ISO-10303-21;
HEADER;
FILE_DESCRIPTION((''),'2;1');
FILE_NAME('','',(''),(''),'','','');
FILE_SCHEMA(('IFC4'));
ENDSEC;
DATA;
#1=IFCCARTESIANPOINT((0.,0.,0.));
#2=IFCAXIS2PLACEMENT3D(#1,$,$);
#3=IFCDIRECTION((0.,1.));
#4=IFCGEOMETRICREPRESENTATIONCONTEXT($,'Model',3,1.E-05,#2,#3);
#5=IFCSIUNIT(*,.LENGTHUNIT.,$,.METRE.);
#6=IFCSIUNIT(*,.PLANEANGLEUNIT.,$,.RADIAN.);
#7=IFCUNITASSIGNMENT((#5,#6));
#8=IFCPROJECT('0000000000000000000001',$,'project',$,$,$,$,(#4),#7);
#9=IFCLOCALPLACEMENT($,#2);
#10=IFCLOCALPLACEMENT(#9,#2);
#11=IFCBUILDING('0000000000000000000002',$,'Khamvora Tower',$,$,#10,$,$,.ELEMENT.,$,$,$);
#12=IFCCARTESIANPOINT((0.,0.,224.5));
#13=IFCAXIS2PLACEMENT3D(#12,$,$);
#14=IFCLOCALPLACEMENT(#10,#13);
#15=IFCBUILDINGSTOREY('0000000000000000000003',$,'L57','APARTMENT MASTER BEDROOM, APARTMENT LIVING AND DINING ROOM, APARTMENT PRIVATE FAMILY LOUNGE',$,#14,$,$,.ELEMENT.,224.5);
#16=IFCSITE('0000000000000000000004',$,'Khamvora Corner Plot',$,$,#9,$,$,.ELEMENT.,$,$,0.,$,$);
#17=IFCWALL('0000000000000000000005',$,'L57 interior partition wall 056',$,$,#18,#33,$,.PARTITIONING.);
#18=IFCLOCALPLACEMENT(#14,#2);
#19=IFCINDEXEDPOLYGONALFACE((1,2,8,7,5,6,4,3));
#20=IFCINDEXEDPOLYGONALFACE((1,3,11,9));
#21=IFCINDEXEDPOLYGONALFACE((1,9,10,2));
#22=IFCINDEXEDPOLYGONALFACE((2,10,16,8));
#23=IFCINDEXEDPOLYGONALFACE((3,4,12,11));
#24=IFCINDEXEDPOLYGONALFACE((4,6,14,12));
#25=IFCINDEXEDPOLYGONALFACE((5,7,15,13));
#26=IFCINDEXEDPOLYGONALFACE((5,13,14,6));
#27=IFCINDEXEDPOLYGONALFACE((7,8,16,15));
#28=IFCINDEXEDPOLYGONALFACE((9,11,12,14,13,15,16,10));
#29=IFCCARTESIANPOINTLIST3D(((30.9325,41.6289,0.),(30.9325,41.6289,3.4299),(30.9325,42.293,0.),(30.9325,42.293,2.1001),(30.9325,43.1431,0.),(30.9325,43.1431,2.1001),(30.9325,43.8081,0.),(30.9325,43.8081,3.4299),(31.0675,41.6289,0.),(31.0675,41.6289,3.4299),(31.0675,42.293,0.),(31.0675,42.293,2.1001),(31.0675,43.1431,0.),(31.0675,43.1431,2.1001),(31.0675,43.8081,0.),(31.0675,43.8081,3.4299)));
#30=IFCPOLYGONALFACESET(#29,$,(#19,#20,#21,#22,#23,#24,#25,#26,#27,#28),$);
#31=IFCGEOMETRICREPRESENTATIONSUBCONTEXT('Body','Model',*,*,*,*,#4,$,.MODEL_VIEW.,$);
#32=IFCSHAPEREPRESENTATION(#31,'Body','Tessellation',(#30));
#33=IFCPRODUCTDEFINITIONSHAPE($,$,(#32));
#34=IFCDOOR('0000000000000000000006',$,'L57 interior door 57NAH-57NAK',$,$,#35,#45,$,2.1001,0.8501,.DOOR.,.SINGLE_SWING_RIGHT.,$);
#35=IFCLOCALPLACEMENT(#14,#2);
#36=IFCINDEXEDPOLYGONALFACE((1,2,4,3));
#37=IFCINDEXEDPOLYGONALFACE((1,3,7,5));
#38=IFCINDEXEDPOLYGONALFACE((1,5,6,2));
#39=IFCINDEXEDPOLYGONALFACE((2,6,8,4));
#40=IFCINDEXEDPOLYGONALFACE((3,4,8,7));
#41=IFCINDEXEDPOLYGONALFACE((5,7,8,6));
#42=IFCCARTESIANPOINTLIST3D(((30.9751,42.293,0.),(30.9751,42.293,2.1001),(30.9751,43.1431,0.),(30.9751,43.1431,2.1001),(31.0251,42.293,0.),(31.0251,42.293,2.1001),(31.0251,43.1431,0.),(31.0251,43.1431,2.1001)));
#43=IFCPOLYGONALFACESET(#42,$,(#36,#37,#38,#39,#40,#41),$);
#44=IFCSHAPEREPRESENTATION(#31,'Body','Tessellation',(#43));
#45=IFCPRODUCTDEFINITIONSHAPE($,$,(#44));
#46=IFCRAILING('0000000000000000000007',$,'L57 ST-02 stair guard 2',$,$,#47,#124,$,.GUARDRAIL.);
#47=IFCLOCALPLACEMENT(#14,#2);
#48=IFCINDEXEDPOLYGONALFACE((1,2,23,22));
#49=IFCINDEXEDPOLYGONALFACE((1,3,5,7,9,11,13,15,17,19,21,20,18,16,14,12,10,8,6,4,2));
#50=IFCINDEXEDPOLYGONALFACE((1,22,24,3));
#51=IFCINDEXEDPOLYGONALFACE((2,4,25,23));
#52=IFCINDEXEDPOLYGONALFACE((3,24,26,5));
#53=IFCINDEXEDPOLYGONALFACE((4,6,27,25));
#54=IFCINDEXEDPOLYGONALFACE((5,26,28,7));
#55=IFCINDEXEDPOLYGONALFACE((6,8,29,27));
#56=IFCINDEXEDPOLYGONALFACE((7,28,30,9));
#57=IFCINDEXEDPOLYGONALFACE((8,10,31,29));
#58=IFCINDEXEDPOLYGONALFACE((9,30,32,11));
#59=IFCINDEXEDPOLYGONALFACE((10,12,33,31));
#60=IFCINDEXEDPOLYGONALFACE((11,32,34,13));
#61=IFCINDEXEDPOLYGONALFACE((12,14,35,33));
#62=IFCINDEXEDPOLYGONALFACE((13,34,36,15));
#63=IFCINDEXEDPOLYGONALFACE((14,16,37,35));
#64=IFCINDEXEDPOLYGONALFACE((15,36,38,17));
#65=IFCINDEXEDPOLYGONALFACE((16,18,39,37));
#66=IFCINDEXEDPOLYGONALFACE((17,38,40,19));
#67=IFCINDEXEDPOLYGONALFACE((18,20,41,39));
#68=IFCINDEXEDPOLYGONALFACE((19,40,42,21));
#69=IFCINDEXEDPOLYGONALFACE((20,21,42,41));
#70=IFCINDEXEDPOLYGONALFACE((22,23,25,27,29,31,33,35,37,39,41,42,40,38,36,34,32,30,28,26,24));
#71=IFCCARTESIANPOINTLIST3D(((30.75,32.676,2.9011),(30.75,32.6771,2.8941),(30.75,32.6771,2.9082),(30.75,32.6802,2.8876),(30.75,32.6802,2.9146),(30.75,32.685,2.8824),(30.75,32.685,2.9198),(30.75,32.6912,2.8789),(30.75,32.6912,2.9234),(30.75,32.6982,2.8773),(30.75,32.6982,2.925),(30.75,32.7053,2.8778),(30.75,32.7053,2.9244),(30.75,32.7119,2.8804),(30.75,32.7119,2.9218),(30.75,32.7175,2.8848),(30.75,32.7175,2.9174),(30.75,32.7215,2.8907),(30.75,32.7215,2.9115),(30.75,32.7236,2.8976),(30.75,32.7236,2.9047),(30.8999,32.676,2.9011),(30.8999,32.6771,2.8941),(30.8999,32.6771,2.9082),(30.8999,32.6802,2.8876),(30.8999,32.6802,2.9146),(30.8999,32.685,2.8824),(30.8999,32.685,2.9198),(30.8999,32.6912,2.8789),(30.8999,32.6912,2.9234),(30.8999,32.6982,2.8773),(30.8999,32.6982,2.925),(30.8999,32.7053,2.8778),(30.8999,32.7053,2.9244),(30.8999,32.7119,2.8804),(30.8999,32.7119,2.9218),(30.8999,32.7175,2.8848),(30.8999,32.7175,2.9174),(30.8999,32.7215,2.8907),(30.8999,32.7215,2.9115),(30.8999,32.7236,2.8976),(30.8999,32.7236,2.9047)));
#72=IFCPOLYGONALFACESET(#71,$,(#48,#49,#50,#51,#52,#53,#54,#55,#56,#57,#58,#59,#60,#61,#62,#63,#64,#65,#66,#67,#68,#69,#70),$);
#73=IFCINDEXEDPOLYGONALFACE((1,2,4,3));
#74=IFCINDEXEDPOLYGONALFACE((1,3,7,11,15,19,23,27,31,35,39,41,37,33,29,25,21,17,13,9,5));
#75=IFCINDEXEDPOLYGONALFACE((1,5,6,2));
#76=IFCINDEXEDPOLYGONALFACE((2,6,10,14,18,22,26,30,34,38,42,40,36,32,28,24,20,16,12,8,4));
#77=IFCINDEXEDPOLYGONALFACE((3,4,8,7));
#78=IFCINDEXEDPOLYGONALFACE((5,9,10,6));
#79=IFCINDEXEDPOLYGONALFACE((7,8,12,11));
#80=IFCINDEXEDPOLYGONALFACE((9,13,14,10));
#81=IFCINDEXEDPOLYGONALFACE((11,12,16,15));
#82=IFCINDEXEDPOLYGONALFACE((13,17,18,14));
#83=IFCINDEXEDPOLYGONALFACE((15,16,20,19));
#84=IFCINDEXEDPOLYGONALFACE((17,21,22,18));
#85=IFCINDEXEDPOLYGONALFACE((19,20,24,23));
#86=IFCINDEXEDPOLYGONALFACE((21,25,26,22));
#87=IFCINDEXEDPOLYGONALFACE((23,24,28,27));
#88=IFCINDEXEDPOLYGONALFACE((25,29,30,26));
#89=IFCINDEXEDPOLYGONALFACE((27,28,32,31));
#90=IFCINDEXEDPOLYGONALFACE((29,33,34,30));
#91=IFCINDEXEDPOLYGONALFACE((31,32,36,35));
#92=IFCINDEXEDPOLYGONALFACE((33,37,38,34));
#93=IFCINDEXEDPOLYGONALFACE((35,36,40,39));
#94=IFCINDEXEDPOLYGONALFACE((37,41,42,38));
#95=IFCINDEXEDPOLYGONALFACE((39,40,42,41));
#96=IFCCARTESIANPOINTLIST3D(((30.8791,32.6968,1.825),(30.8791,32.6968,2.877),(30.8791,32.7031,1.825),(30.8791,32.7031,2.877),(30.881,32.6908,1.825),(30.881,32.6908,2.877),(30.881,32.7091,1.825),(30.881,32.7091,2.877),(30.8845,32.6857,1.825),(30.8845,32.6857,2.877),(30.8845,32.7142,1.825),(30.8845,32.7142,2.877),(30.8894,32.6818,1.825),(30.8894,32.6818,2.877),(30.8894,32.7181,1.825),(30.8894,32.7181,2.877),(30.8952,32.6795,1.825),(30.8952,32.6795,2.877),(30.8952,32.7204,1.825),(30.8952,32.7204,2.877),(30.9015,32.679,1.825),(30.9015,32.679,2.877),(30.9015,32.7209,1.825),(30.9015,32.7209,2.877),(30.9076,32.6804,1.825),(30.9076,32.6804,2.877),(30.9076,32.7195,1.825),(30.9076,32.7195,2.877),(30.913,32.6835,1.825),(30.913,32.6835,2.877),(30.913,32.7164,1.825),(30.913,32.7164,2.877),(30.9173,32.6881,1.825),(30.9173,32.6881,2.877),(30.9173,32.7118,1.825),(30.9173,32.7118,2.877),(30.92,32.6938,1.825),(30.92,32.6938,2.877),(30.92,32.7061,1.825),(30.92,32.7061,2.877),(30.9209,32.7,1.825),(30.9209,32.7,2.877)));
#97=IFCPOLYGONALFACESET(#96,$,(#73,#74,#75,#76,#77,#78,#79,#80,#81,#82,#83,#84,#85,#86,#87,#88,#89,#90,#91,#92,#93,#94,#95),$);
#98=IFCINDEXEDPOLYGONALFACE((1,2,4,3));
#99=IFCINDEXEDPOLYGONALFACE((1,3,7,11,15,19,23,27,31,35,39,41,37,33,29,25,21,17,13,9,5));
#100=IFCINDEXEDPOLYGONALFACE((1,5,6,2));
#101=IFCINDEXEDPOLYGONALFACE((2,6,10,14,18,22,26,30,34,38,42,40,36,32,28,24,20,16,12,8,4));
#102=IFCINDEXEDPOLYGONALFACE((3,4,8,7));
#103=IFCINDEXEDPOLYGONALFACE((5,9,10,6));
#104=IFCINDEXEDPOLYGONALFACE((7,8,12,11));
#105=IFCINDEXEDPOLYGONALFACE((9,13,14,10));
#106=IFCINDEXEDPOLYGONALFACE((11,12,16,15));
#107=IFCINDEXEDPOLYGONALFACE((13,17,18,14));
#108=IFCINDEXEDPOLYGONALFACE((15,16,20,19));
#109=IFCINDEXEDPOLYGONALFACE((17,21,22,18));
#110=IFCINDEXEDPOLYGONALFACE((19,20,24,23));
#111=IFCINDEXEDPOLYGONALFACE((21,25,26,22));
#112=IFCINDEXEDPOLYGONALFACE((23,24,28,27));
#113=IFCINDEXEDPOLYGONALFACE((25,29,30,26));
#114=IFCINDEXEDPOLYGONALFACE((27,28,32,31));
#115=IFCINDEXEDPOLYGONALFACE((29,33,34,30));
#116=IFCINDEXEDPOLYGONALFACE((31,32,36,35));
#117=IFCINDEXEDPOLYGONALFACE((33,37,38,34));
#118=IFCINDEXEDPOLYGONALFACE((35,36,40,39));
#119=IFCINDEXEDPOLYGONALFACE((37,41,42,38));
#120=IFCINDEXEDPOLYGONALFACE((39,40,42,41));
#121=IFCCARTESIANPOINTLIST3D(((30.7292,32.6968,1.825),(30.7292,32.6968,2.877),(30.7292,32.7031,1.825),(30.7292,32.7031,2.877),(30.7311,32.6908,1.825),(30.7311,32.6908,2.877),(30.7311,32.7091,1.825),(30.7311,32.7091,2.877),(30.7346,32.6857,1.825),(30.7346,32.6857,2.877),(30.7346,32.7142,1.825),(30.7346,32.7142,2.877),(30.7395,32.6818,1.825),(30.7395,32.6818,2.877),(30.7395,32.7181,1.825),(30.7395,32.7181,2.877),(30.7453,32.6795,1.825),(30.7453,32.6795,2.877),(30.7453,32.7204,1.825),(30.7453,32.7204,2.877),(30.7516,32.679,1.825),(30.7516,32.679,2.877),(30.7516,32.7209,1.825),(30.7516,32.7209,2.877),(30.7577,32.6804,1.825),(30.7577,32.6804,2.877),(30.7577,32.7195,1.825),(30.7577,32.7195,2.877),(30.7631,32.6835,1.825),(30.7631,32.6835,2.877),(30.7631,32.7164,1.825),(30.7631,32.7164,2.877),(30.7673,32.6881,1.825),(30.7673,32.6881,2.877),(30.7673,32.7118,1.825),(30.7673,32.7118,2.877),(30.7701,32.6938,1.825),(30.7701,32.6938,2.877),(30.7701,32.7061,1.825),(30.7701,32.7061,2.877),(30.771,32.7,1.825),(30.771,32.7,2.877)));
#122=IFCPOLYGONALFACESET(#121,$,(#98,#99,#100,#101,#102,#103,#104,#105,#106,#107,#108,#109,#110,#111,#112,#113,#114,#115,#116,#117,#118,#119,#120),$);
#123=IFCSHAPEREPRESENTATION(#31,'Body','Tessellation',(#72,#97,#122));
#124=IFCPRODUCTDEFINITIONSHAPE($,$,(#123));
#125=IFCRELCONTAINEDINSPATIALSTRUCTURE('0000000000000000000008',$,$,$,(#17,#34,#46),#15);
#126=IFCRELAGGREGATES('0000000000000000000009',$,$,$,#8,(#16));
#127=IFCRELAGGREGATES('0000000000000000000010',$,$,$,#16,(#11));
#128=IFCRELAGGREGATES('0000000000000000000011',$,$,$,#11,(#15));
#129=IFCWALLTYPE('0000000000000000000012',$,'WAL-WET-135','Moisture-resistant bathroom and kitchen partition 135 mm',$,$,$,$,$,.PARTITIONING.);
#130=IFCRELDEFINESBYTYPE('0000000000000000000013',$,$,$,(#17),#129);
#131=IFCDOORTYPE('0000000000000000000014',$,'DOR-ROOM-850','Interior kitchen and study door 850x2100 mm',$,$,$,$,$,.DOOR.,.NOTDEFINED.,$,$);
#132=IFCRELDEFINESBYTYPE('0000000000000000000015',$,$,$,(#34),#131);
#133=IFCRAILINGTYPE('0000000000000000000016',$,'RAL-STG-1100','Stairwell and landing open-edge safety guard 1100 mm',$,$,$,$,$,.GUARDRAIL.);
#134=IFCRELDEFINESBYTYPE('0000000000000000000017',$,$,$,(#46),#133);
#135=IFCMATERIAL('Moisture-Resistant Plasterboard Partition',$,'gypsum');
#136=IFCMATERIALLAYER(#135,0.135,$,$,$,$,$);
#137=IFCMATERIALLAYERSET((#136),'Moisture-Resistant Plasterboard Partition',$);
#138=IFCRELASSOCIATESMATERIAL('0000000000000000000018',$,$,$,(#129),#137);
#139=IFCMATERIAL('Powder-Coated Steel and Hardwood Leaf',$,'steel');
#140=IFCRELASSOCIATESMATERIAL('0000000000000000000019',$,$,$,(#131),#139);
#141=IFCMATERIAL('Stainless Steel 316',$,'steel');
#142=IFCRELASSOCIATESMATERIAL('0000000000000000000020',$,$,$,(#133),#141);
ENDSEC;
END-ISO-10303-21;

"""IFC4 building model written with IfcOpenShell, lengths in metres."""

from ifc_helpers import new_model, si_unit, direction, frame, frame_2d, origin, origin_2d, place, context, subcontext, project, spatial, rectangle, circle, extrude, material, layer, layer_set, type_object, element, fill, save


model = new_model("IFC4")

# Units and contexts
model_context = context("Model", 3, precision=1e-05, world=origin(), true_north=direction((0.0, 1.0)))
body_context = subcontext(model_context, "Body", "Model", "MODEL_VIEW")
ifc_project = project(units=[si_unit("LENGTHUNIT", "METRE"), si_unit("PLANEANGLEUNIT", "RADIAN")], contexts=[model_context])

# Site, building, storey
site_placement = place(None, origin())
site = spatial("IfcSite", under=ifc_project, at=site_placement, Name="Khamvora Corner Plot", CompositionType="ELEMENT", RefElevation=0.0)
building_placement = place(site_placement, origin())
building = spatial("IfcBuilding", under=site, at=building_placement, Name="Khamvora Tower", CompositionType="ELEMENT")
storey_placement = place(building_placement, frame((0.0, 0.0, 224.5)))
storey = spatial("IfcBuildingStorey", under=building, at=storey_placement, Name="L57", Description="APARTMENT MASTER BEDROOM, APARTMENT LIVING AND DINING ROOM, APARTMENT PRIVATE FAMILY LOUNGE", CompositionType="ELEMENT", Elevation=224.5)

# Shared definitions
ifc_material_1 = material(Name="Powder-Coated Steel and Hardwood Leaf", Category="steel")

# Wall, opening, door
ifc_material_2 = material(Name="Moisture-Resistant Plasterboard Partition", Category="gypsum")
ifc_layer_1 = layer(ifc_material_2, 0.135)
ifc_layer_set_1 = layer_set([ifc_layer_1], Name="Moisture-Resistant Plasterboard Partition")
wall_type_1 = type_object("IfcWallType", Name="WAL-WET-135", Description="Moisture-resistant bathroom and kitchen partition 135 mm", PredefinedType="PARTITIONING", material=ifc_layer_set_1)
wall_1_placement = place(storey_placement, frame((31.0, 41.6289, 0.0), z_axis=(0.0, 0.0, 1.0), x_axis=(0.0, 1.0, 0.0)))
wall_1 = element("IfcWall", 1, at=wall_1_placement, inside=storey, type_object=wall_type_1, Name="L57 interior partition wall 056", PredefinedType="PARTITIONING", context=body_context, shape_type="SweptSolid", body=[
    extrude(rectangle(XDim=2.1792, YDim=0.135, at=frame_2d((1.0896, 0.0))), origin(), (0.0, 0.0, 1.0), 3.4299),
])
opening_1_placement = place(wall_1_placement, frame((0.6641, 0.0, 0.0)))
opening_1 = element("IfcOpeningElement", 2, at=opening_1_placement, cuts=wall_1, PredefinedType="OPENING", context=body_context, shape_type="SweptSolid", body=[
    extrude(rectangle(XDim=0.8501, YDim=2.1001, at=frame_2d((0.425, 1.05))), frame((0.0, 0.0774, 0.0), z_axis=(0.0, -1.0, 0.0), x_axis=(1.0, 0.0, 0.0)), (0.0, 0.0, 1.0), 0.155),
])
door_type_1 = type_object("IfcDoorType", Name="DOR-ROOM-850", Description="Interior kitchen and study door 850x2100 mm", OperationType="NOTDEFINED", PredefinedType="DOOR", material=ifc_material_1)
door_1_placement = place(opening_1_placement, origin())
door_1 = element("IfcDoor", 3, at=door_1_placement, inside=storey, type_object=door_type_1, Name="L57 interior door 57NAH-57NAK", OperationType="SINGLE_SWING_RIGHT", OverallHeight=2.1001, OverallWidth=0.8501, PredefinedType="DOOR", context=body_context, shape_type="SweptSolid", body=[
    extrude(rectangle(XDim=0.8501, YDim=2.1001, at=frame_2d((0.425, 1.05))), frame((0.0, 0.0249, 0.0), z_axis=(0.0, -1.0, 0.0), x_axis=(1.0, 0.0, 0.0)), (0.0, 0.0, 1.0), 0.05),
])
fill(opening_1, door_1)

# Railing
ifc_material_3 = material(Name="Stainless Steel 316", Category="steel")
railing_type = type_object("IfcRailingType", Name="RAL-STG-1100", Description="Stairwell and landing open-edge safety guard 1100 mm", PredefinedType="GUARDRAIL", material=ifc_material_3)
railing_placement = place(storey_placement, frame((30.8999, 32.7, 1.825)))
element("IfcRailing", 4, at=railing_placement, inside=storey, type_object=railing_type, Name="L57 ST-02 stair guard 2", PredefinedType="GUARDRAIL", context=body_context, shape_type="SweptSolid", body=[
    extrude(circle(Radius=0.0239, at=origin_2d()), frame((0.0, 0.0, 1.0762), z_axis=(-1.0, 0.0, 0.0), x_axis=(0.0, -1.0, 0.0)), (0.0, 0.0, 1.0), 0.1499),
    extrude(circle(Radius=0.021, at=origin_2d()), origin(), (0.0, 0.0, 1.0), 1.052),
    extrude(circle(Radius=0.021, at=origin_2d()), frame((-0.1499, 0.0, 0.0)), (0.0, 0.0, 1.0), 1.052),
])

save(model, "model.ifc")
